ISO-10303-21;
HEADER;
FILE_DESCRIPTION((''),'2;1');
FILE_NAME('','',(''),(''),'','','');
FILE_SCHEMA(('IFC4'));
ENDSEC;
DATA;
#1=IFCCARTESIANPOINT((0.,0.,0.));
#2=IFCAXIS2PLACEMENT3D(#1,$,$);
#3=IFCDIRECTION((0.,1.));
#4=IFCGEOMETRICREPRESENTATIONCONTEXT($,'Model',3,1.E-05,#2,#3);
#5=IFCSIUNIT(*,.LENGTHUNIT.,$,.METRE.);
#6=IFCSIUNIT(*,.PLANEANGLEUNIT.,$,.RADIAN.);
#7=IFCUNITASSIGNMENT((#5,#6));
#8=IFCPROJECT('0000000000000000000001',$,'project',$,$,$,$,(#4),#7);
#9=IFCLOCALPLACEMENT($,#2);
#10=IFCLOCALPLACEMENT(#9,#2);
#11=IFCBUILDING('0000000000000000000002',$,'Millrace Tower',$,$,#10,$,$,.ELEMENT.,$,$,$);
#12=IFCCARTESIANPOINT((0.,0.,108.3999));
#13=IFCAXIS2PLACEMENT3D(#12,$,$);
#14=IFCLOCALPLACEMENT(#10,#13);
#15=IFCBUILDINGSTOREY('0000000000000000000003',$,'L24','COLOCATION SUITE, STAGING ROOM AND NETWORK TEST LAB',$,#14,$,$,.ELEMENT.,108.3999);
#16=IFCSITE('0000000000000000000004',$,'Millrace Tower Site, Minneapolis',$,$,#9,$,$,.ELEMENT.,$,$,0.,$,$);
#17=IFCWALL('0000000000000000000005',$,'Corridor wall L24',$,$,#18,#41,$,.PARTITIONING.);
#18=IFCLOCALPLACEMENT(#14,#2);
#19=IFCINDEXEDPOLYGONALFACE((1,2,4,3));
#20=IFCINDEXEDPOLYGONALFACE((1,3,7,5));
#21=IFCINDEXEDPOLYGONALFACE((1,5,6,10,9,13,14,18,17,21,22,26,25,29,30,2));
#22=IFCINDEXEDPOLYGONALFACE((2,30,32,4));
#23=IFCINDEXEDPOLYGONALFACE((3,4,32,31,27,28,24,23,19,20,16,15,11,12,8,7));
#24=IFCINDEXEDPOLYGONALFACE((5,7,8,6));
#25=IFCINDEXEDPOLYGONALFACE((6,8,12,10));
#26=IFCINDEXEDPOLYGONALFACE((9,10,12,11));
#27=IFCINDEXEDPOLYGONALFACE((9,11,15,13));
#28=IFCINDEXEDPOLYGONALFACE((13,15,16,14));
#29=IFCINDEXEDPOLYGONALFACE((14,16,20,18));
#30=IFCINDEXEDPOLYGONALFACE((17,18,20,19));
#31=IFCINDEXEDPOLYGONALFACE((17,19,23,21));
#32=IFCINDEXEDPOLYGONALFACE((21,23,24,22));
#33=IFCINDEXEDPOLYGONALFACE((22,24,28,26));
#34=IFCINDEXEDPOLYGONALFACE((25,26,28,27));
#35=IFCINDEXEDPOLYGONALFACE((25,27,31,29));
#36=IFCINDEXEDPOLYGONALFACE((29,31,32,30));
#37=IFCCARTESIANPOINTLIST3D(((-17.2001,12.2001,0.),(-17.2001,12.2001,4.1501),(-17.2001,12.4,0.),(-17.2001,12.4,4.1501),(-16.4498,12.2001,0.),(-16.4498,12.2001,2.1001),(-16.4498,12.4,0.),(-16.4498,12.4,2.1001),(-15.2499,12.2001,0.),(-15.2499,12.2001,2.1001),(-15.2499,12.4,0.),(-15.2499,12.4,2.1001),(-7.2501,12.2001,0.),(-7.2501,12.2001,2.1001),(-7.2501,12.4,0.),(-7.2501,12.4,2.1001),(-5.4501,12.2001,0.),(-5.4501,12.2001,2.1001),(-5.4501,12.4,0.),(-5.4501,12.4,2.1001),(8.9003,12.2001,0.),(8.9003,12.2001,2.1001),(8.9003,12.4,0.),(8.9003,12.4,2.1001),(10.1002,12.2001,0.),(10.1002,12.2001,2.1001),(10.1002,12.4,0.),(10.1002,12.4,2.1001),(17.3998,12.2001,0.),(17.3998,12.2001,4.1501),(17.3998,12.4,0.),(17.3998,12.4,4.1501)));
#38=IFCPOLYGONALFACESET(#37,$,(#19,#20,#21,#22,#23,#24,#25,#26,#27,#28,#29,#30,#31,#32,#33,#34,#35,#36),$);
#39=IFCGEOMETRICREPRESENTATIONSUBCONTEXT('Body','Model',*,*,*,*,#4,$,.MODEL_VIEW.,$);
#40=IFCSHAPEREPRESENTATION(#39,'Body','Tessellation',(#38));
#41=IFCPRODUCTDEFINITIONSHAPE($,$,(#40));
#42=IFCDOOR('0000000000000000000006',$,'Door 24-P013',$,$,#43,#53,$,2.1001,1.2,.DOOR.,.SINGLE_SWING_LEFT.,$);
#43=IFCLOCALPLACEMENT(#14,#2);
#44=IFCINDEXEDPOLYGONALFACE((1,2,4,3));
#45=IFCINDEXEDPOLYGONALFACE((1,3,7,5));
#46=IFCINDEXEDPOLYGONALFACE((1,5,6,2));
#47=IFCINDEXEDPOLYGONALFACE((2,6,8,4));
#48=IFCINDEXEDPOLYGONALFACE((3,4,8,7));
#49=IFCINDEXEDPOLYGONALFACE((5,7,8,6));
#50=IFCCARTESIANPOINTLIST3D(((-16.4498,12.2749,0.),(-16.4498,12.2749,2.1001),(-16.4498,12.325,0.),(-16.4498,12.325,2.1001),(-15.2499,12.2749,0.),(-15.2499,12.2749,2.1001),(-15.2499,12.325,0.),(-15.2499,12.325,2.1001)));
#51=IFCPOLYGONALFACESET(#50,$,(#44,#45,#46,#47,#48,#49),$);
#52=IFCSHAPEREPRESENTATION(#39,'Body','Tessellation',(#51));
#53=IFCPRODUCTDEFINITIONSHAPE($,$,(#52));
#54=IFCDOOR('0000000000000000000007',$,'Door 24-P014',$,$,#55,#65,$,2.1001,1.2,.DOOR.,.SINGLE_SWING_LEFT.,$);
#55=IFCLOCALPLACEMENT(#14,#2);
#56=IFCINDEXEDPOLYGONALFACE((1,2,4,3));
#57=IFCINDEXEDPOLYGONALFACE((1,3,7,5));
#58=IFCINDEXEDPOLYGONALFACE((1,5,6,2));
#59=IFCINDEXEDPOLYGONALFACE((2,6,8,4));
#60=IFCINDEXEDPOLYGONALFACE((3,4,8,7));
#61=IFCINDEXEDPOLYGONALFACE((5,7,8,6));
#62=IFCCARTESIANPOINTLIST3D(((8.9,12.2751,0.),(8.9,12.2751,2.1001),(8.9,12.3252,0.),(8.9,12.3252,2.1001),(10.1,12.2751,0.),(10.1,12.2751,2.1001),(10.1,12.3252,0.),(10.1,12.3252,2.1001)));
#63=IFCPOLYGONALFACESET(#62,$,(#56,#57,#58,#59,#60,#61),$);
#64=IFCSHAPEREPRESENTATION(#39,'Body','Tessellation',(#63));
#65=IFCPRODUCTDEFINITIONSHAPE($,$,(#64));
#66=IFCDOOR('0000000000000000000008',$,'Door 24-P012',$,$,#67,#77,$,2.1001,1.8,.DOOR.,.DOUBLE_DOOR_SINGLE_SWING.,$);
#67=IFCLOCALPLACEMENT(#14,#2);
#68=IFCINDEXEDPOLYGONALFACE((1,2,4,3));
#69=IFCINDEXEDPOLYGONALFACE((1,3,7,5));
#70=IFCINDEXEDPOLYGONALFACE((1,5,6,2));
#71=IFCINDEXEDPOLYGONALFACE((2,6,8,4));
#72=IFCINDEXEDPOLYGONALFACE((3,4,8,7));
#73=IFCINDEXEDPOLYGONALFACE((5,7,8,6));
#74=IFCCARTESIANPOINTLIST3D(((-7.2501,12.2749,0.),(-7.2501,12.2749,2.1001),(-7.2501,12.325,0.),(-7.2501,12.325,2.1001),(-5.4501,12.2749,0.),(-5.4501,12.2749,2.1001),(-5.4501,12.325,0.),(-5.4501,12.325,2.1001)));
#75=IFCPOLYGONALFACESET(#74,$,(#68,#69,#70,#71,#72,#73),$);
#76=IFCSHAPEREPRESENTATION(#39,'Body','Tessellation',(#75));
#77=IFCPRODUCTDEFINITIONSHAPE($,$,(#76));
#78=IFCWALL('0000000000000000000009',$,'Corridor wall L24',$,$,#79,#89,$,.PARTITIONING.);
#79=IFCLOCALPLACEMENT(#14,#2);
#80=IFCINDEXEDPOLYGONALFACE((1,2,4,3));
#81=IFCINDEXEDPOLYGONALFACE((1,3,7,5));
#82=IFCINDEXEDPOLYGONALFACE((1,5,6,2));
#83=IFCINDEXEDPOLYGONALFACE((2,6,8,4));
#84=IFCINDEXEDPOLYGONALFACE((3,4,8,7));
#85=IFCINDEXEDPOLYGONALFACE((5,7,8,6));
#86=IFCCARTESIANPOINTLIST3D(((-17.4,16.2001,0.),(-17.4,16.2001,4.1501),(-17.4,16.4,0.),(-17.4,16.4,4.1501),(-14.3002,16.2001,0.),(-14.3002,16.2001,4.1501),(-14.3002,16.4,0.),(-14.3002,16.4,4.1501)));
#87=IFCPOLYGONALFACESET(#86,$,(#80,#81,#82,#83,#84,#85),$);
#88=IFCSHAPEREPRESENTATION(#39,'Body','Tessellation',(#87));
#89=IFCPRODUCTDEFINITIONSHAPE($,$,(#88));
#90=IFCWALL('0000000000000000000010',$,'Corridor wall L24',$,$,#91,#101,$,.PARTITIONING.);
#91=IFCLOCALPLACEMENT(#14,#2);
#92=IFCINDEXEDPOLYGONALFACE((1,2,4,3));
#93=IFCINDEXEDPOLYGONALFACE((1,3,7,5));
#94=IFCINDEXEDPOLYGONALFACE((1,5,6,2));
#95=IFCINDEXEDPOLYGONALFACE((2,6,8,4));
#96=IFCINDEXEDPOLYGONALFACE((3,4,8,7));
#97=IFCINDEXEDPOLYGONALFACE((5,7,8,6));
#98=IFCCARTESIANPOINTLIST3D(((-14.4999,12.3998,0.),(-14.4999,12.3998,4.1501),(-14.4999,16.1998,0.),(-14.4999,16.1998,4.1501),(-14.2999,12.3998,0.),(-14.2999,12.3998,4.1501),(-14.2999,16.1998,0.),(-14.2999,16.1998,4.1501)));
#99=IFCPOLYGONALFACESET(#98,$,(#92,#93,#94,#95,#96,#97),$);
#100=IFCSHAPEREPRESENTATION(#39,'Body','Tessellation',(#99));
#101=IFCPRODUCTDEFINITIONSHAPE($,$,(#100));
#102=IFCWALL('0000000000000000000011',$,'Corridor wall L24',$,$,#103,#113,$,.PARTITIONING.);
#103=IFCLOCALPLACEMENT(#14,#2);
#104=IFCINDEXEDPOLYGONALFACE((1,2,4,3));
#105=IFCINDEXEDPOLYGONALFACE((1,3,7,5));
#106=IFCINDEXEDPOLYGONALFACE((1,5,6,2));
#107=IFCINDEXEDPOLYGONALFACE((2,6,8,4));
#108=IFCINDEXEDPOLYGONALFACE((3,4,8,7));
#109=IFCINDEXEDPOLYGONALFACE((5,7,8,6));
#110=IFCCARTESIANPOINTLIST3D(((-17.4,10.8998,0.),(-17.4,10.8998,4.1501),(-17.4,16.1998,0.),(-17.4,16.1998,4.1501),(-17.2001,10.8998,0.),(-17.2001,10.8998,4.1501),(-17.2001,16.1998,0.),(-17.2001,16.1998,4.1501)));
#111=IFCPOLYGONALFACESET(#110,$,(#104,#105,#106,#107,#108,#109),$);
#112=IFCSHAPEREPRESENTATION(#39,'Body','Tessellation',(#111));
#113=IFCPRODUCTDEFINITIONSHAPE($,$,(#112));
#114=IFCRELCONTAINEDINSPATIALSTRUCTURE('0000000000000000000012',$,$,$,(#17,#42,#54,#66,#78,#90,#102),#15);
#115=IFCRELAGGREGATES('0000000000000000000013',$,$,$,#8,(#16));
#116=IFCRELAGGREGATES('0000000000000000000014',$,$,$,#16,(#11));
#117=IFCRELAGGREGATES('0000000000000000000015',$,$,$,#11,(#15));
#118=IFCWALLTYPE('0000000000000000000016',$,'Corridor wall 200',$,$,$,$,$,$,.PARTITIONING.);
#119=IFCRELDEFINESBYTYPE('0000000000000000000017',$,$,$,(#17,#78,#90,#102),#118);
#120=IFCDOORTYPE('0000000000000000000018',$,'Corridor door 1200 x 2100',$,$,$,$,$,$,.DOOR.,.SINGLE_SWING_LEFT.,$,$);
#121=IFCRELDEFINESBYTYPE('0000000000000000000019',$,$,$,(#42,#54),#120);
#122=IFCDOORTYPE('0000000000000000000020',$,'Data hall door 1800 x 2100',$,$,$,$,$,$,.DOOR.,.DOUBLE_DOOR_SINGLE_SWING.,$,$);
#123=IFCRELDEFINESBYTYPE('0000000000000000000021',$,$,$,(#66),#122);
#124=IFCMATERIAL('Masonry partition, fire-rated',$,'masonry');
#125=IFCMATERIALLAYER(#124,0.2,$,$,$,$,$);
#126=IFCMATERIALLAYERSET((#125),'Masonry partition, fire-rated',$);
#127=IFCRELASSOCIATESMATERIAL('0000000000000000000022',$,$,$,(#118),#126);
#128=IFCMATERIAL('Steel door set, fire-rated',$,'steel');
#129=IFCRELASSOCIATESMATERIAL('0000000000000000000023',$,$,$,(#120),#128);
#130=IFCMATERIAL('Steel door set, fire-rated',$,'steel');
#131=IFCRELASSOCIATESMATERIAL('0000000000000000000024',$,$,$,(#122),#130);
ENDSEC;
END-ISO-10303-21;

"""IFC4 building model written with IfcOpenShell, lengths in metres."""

from ifc_helpers import new_model, si_unit, direction, frame, frame_2d, origin, place, context, subcontext, project, spatial, rectangle, extrude, material, layer, layer_set, type_object, element, fill, save


model = new_model("IFC4")

# Units and contexts
model_context = context("Model", 3, precision=1e-05, world=origin(), true_north=direction((0.0, 1.0)))
body_context = subcontext(model_context, "Body", "Model", "MODEL_VIEW")
ifc_project = project(units=[si_unit("LENGTHUNIT", "METRE"), si_unit("PLANEANGLEUNIT", "RADIAN")], contexts=[model_context])

# Site, building, storey
site_placement = place(None, origin())
site = spatial("IfcSite", under=ifc_project, at=site_placement, Name="Millrace Tower Site, Minneapolis", CompositionType="ELEMENT", RefElevation=0.0)
building_placement = place(site_placement, origin())
building = spatial("IfcBuilding", under=site, at=building_placement, Name="Millrace Tower", CompositionType="ELEMENT")
storey_placement = place(building_placement, frame((0.0, 0.0, 108.3999)))
storey = spatial("IfcBuildingStorey", under=building, at=storey_placement, Name="L24", Description="COLOCATION SUITE, STAGING ROOM AND NETWORK TEST LAB", CompositionType="ELEMENT", Elevation=108.3999)

# Shared definitions
ifc_material_1 = material(Name="Masonry partition, fire-rated", Category="masonry")
ifc_layer_1 = layer(ifc_material_1, 0.2)
ifc_layer_set_1 = layer_set([ifc_layer_1], Name="Masonry partition, fire-rated")
wall_type = type_object("IfcWallType", Name="Corridor wall 200", PredefinedType="PARTITIONING", material=ifc_layer_set_1)

# Wall, openings, doors
wall_1_placement = place(storey_placement, frame((-17.2, 12.3, 0.0), z_axis=(0.0, 0.0, 1.0), x_axis=(1.0, 0.0, 0.0)))
wall_1 = element("IfcWall", 1, at=wall_1_placement, inside=storey, type_object=wall_type, Name="Corridor wall L24", PredefinedType="PARTITIONING", context=body_context, shape_type="SweptSolid", body=[
    extrude(rectangle(XDim=34.5999, YDim=0.2, at=frame_2d((17.2998, 0.0))), origin(), (0.0, 0.0, 1.0), 4.1501),
])
opening_1_placement = place(wall_1_placement, frame((9.95, 0.0, 0.0)))
opening_1 = element("IfcOpeningElement", 2, at=opening_1_placement, cuts=wall_1, PredefinedType="OPENING", context=body_context, shape_type="SweptSolid", body=[
    extrude(rectangle(XDim=1.8, YDim=2.1001, at=frame_2d((0.8999, 1.05))), frame((0.0, 0.1099, 0.0), z_axis=(0.0, -1.0, 0.0), x_axis=(1.0, 0.0, 0.0)), (0.0, 0.0, 1.0), 0.22),
])
opening_2_placement = place(wall_1_placement, frame((0.75, 0.0, 0.0)))
opening_2 = element("IfcOpeningElement", 3, at=opening_2_placement, cuts=wall_1, PredefinedType="OPENING", context=body_context, shape_type="SweptSolid", body=[
    extrude(rectangle(XDim=1.2, YDim=2.1001, at=frame_2d((0.6001, 1.05))), frame((0.0, 0.1099, 0.0), z_axis=(0.0, -1.0, 0.0), x_axis=(1.0, 0.0, 0.0)), (0.0, 0.0, 1.0), 0.22),
])
opening_3_placement = place(wall_1_placement, frame((26.1001, 0.0, 0.0)))
opening_3 = element("IfcOpeningElement", 4, at=opening_3_placement, cuts=wall_1, PredefinedType="OPENING", context=body_context, shape_type="SweptSolid", body=[
    extrude(rectangle(XDim=1.2, YDim=2.1001, at=frame_2d((0.6001, 1.05))), frame((0.0, 0.1099, 0.0), z_axis=(0.0, -1.0, 0.0), x_axis=(1.0, 0.0, 0.0)), (0.0, 0.0, 1.0), 0.22),
])
ifc_material_2 = material(Name="Steel door set, fire-rated", Category="steel")
door_type_1 = type_object("IfcDoorType", Name="Corridor door 1200 x 2100", OperationType="SINGLE_SWING_LEFT", PredefinedType="DOOR", material=ifc_material_2)
door_1_placement = place(opening_2_placement, origin())
door_1 = element("IfcDoor", 5, at=door_1_placement, inside=storey, type_object=door_type_1, Name="Door 24-P013", OperationType="SINGLE_SWING_LEFT", OverallHeight=2.1001, OverallWidth=1.2, PredefinedType="DOOR", context=body_context, shape_type="SweptSolid", body=[
    extrude(rectangle(XDim=1.2, YDim=2.1001, at=frame_2d((0.6001, 1.05))), frame((0.0, 0.0249, 0.0), z_axis=(0.0, -1.0, 0.0), x_axis=(1.0, 0.0, 0.0)), (0.0, 0.0, 1.0), 0.05),
])
fill(opening_2, door_1)
door_2_placement = place(opening_3_placement, frame((1.2, 0.0, 0.0), z_axis=(0.0, 0.0, 1.0), x_axis=(-1.0, 0.0, 0.0)))
door_2 = element("IfcDoor", 6, at=door_2_placement, inside=storey, type_object=door_type_1, Name="Door 24-P014", OperationType="SINGLE_SWING_LEFT", OverallHeight=2.1001, OverallWidth=1.2, PredefinedType="DOOR", context=body_context, shape_type="SweptSolid", body=[
    extrude(rectangle(XDim=1.2, YDim=2.1001, at=frame_2d((0.6001, 1.05))), frame((0.0, 0.0249, 0.0), z_axis=(0.0, -1.0, 0.0), x_axis=(1.0, 0.0, 0.0)), (0.0, 0.0, 1.0), 0.05),
])
fill(opening_3, door_2)
ifc_material_3 = material(Name="Steel door set, fire-rated", Category="steel")
door_type_2 = type_object("IfcDoorType", Name="Data hall door 1800 x 2100", OperationType="DOUBLE_DOOR_SINGLE_SWING", PredefinedType="DOOR", material=ifc_material_3)
door_3_placement = place(opening_1_placement, origin())
door_3 = element("IfcDoor", 7, at=door_3_placement, inside=storey, type_object=door_type_2, Name="Door 24-P012", OperationType="DOUBLE_DOOR_SINGLE_SWING", OverallHeight=2.1001, OverallWidth=1.8, PredefinedType="DOOR", context=body_context, shape_type="SweptSolid", body=[
    extrude(rectangle(XDim=1.8, YDim=2.1001, at=frame_2d((0.8999, 1.05))), frame((0.0, 0.0249, 0.0), z_axis=(0.0, -1.0, 0.0), x_axis=(1.0, 0.0, 0.0)), (0.0, 0.0, 1.0), 0.05),
])
fill(opening_1, door_3)

# Walls
wall_2_placement = place(storey_placement, frame((-17.3999, 16.3, 0.0), z_axis=(0.0, 0.0, 1.0), x_axis=(1.0, 0.0, 0.0)))
element("IfcWall", 8, at=wall_2_placement, inside=storey, type_object=wall_type, Name="Corridor wall L24", PredefinedType="PARTITIONING", context=body_context, shape_type="SweptSolid", body=[
    extrude(rectangle(XDim=3.0999, YDim=0.2, at=frame_2d((1.5498, 0.0))), origin(), (0.0, 0.0, 1.0), 4.1501),
])
wall_3_placement = place(storey_placement, frame((-14.3999, 12.3999, 0.0), z_axis=(0.0, 0.0, 1.0), x_axis=(0.0, 1.0, 0.0)))
element("IfcWall", 9, at=wall_3_placement, inside=storey, type_object=wall_type, Name="Corridor wall L24", PredefinedType="PARTITIONING", context=body_context, shape_type="SweptSolid", body=[
    extrude(rectangle(XDim=3.8, YDim=0.2, at=frame_2d((1.8999, 0.0))), origin(), (0.0, 0.0, 1.0), 4.1501),
])
wall_4_placement = place(storey_placement, frame((-17.3, 10.8999, 0.0), z_axis=(0.0, 0.0, 1.0), x_axis=(0.0, 1.0, 0.0)))
element("IfcWall", 10, at=wall_4_placement, inside=storey, type_object=wall_type, Name="Corridor wall L24", PredefinedType="PARTITIONING", context=body_context, shape_type="SweptSolid", body=[
    extrude(rectangle(XDim=5.3, YDim=0.2, at=frame_2d((2.6499, 0.0))), origin(), (0.0, 0.0, 1.0), 4.1501),
])

save(model, "model.ifc")
